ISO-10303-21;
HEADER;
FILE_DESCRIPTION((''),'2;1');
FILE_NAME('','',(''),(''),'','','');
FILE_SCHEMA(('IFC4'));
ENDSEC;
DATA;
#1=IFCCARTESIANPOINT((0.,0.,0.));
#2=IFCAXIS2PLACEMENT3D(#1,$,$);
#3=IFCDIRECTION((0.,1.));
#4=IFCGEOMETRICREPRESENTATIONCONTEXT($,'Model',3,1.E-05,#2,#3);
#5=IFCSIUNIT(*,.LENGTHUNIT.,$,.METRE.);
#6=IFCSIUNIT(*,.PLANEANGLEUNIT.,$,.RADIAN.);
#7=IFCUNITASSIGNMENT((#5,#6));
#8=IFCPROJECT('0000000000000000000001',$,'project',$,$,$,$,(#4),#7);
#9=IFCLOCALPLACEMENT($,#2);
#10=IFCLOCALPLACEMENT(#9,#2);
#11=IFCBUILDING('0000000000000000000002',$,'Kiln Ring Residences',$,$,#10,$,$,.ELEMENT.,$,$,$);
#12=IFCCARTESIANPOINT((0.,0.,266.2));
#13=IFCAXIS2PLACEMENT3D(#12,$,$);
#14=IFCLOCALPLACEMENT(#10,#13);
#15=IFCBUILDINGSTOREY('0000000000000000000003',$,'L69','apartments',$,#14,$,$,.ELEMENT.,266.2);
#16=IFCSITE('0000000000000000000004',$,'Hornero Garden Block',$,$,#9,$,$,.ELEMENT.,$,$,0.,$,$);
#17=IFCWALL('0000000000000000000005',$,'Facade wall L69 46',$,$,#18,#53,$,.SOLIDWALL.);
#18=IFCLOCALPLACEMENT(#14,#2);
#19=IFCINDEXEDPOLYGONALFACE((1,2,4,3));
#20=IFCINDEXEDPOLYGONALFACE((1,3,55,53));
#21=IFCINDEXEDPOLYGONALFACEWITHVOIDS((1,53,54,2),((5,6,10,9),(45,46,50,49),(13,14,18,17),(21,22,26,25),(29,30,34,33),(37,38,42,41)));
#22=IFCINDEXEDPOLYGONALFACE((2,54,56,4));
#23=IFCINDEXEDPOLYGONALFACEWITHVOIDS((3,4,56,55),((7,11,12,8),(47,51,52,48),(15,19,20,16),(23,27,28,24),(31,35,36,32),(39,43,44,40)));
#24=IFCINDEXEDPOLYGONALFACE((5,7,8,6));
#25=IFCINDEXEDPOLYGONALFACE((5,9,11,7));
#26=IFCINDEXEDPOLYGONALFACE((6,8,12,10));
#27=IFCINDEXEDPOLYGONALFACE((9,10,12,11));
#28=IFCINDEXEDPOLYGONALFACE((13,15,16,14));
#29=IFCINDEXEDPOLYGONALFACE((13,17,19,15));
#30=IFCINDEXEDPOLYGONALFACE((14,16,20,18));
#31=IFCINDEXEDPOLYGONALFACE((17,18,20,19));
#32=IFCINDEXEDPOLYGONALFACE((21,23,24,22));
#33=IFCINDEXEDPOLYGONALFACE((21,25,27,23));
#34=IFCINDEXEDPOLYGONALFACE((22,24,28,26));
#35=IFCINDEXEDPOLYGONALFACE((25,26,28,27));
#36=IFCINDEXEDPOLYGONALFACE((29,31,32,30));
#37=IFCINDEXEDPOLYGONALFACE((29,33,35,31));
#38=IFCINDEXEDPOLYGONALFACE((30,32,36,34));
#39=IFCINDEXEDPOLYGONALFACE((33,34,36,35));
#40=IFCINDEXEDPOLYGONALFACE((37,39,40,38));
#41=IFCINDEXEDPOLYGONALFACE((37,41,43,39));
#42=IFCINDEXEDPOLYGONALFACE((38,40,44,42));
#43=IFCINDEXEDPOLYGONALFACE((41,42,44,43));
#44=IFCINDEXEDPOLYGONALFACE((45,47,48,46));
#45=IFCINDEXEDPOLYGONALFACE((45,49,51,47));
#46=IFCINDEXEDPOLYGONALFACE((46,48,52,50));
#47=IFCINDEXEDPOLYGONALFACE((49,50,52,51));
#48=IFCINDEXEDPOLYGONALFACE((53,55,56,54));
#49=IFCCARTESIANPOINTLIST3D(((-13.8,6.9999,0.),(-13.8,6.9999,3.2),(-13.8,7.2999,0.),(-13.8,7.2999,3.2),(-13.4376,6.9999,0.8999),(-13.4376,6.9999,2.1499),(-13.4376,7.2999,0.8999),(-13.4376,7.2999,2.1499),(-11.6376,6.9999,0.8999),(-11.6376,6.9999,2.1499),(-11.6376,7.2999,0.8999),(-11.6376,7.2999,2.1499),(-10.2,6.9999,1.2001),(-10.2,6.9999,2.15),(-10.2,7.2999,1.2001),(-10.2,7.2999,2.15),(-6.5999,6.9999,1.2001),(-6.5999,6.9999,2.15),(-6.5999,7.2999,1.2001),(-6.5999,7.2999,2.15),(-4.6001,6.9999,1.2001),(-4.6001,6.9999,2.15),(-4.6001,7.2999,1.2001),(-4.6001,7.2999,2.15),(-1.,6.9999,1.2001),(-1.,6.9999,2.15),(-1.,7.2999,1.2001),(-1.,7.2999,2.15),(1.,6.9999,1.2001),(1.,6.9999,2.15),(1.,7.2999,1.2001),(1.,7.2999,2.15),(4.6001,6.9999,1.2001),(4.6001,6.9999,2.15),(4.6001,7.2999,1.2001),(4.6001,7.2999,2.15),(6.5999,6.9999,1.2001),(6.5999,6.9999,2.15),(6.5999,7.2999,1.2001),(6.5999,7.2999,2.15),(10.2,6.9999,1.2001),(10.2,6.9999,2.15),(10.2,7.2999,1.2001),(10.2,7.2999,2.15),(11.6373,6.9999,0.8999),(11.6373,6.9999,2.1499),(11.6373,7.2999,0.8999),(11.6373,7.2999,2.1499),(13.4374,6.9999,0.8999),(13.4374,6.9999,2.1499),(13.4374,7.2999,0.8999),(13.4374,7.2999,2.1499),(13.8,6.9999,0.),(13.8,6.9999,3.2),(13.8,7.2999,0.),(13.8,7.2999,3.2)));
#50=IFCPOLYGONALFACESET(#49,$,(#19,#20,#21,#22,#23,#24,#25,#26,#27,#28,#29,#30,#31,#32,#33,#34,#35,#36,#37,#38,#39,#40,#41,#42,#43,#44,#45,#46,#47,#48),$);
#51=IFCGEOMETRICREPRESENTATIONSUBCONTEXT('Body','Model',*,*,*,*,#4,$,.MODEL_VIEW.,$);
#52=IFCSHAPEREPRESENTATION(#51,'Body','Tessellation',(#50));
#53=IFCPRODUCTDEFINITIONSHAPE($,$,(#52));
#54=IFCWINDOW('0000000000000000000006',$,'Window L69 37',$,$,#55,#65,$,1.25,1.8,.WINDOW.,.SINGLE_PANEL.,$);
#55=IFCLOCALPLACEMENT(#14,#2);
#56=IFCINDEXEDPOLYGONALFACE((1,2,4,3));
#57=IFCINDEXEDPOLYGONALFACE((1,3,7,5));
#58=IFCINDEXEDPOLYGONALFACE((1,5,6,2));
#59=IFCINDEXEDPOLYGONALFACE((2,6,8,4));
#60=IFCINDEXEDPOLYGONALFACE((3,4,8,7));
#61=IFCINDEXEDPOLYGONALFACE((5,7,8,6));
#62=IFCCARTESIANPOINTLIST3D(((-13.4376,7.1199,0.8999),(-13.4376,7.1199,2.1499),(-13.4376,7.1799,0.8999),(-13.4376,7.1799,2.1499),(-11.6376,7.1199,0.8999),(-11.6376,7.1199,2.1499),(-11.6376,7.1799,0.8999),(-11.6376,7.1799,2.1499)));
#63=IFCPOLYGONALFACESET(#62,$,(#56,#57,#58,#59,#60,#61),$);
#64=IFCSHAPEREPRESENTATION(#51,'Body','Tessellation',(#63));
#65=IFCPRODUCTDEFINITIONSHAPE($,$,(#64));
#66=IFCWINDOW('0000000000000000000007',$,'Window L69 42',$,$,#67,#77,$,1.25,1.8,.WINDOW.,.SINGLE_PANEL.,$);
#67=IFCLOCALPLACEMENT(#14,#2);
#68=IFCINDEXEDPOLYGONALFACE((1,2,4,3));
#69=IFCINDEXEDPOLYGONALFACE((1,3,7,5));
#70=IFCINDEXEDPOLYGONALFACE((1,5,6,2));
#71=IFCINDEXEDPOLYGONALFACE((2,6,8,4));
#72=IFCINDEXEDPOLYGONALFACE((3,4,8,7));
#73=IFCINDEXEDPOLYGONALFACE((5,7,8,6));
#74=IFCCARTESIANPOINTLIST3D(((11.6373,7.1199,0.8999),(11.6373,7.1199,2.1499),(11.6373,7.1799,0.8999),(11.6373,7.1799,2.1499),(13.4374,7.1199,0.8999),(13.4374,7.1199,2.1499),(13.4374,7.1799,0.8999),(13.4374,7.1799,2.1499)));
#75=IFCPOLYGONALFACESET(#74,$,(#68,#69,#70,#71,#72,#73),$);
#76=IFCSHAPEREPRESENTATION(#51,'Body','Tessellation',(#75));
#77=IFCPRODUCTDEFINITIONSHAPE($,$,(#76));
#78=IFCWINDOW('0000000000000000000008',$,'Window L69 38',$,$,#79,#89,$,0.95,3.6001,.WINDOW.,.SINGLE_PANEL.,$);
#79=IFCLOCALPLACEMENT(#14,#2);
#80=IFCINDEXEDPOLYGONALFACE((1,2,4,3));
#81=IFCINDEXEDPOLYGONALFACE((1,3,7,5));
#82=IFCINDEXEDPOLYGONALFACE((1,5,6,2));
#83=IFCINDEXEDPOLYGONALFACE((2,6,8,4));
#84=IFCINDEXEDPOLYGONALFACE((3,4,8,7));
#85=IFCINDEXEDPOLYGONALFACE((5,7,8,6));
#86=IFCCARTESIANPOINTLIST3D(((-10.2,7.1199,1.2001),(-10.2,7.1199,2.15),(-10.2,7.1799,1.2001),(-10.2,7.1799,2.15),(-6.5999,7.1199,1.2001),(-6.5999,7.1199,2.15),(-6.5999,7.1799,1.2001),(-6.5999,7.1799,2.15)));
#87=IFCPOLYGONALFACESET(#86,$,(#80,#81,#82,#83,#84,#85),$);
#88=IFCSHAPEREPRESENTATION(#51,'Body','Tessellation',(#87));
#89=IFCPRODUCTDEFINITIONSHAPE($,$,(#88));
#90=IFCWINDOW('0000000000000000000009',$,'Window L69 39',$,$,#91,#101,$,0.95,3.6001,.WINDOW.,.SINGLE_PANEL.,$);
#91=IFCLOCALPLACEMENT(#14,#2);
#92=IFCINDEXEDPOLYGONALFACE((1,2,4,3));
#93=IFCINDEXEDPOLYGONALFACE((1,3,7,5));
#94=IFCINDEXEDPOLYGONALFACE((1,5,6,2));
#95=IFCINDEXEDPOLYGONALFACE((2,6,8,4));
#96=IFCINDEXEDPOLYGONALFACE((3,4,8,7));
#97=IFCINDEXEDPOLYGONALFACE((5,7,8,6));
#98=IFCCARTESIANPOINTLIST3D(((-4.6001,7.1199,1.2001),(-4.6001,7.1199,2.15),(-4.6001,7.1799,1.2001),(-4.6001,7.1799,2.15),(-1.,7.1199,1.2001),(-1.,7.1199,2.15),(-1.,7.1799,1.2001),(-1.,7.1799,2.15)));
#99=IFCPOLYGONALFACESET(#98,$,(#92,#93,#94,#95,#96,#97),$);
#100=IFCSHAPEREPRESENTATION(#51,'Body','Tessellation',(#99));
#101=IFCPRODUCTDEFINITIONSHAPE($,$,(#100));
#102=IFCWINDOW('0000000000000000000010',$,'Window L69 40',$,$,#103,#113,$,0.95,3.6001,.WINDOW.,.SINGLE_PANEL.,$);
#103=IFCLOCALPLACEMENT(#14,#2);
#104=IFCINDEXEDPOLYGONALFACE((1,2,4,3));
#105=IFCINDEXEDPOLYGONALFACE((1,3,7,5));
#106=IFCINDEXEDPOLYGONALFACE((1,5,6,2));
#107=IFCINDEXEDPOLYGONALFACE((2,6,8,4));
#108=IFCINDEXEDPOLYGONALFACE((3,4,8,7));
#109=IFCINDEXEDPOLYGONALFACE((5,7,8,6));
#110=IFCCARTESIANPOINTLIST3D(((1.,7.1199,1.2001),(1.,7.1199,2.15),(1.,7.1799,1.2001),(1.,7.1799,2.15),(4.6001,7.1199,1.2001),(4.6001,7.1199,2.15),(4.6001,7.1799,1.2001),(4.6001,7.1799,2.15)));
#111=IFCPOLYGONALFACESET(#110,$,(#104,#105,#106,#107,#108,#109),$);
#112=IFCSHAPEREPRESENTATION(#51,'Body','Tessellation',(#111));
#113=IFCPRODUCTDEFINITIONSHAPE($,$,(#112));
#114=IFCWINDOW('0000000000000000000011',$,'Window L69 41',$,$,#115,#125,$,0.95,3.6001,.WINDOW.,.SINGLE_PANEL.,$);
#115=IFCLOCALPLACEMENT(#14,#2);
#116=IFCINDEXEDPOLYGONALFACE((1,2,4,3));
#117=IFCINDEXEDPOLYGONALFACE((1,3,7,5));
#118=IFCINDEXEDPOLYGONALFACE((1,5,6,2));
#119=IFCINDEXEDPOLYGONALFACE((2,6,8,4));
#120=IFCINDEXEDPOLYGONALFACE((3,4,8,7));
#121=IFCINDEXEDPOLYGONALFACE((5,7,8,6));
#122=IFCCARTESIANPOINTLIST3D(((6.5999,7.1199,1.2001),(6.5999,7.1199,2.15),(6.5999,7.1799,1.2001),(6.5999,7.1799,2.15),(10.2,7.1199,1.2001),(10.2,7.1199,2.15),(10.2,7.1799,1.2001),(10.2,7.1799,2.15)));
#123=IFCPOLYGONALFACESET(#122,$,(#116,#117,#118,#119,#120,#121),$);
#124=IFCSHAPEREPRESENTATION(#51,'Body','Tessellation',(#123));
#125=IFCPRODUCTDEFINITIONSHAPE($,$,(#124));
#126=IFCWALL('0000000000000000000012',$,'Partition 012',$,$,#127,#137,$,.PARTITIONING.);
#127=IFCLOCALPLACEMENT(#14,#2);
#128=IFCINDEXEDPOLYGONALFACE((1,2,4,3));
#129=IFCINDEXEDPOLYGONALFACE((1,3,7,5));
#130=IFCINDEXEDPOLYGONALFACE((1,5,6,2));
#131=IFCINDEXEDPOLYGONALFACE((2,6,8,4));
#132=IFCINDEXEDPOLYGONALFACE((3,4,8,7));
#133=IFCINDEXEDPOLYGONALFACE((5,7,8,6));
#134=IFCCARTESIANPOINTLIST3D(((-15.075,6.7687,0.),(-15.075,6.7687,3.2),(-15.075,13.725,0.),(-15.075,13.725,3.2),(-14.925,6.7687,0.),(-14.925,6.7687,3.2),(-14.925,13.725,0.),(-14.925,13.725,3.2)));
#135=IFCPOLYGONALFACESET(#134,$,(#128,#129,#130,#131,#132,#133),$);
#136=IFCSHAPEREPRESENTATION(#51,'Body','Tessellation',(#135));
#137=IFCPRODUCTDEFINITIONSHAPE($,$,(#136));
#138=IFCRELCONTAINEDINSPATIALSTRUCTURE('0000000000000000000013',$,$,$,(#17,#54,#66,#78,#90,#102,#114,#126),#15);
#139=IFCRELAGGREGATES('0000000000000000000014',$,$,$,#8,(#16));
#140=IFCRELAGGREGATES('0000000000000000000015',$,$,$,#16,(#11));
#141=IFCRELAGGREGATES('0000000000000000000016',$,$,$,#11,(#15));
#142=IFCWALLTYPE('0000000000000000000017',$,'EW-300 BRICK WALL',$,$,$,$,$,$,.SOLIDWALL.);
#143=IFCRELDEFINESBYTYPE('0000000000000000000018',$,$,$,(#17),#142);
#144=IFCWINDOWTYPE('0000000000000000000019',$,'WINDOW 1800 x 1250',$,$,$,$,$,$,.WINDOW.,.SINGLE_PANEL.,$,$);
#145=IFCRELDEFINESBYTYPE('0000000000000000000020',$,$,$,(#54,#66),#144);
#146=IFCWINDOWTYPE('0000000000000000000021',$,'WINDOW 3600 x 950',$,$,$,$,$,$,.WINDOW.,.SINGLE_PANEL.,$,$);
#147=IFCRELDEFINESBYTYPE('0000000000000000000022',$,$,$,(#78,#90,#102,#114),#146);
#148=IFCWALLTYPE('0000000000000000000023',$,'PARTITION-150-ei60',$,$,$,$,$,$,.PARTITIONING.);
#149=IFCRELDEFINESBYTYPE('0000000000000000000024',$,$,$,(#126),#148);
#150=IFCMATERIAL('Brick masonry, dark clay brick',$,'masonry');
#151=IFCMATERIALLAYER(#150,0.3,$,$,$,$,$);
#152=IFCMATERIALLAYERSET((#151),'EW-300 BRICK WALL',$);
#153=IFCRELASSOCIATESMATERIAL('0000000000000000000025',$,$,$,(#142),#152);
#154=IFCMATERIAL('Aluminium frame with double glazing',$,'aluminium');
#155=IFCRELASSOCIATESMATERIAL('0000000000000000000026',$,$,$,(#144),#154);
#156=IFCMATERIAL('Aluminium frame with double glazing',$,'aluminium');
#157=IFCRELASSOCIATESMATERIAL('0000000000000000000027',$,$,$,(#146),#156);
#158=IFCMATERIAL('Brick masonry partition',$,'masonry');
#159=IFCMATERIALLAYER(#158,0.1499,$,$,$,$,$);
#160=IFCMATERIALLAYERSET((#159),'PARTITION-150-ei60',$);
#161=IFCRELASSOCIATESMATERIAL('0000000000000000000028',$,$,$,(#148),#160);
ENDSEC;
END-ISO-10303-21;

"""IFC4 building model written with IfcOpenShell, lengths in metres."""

from ifc_helpers import new_model, si_unit, direction, frame, frame_2d, origin, place, context, subcontext, project, spatial, rectangle, extrude, material, layer, layer_set, type_object, element, fill, save


model = new_model("IFC4")

# Units and contexts
model_context = context("Model", 3, precision=1e-05, world=origin(), true_north=direction((0.0, 1.0)))
body_context = subcontext(model_context, "Body", "Model", "MODEL_VIEW")
ifc_project = project(units=[si_unit("LENGTHUNIT", "METRE"), si_unit("PLANEANGLEUNIT", "RADIAN")], contexts=[model_context])

# Site, building, storey
site_placement = place(None, origin())
site = spatial("IfcSite", under=ifc_project, at=site_placement, Name="Hornero Garden Block", CompositionType="ELEMENT", RefElevation=0.0)
building_placement = place(site_placement, origin())
building = spatial("IfcBuilding", under=site, at=building_placement, Name="Kiln Ring Residences", CompositionType="ELEMENT")
storey_placement = place(building_placement, frame((0.0, 0.0, 266.2)))
storey = spatial("IfcBuildingStorey", under=building, at=storey_placement, Name="L69", Description="apartments", CompositionType="ELEMENT", Elevation=266.2)

# Wall, openings, windows
ifc_material_1 = material(Name="Brick masonry, dark clay brick", Category="masonry")
ifc_layer_1 = layer(ifc_material_1, 0.3)
ifc_layer_set_1 = layer_set([ifc_layer_1], Name="EW-300 BRICK WALL")
wall_type_1 = type_object("IfcWallType", Name="EW-300 BRICK WALL", PredefinedType="SOLIDWALL", material=ifc_layer_set_1)
wall_1_placement = place(storey_placement, frame((-13.8, 7.1499, 0.0), z_axis=(0.0, 0.0, 1.0), x_axis=(1.0, 0.0, 0.0)))
wall_1 = element("IfcWall", 1, at=wall_1_placement, inside=storey, type_object=wall_type_1, Name="Facade wall L69 46", PredefinedType="SOLIDWALL", context=body_context, shape_type="SweptSolid", body=[
    extrude(rectangle(XDim=27.6001, YDim=0.3, at=frame_2d((13.8, 0.0))), origin(), (0.0, 0.0, 1.0), 3.2),
])
opening_1_placement = place(wall_1_placement, frame((0.3625, 0.0, 0.8999)))
opening_1 = element("IfcOpeningElement", 2, at=opening_1_placement, cuts=wall_1, PredefinedType="OPENING", context=body_context, shape_type="SweptSolid", body=[
    extrude(rectangle(XDim=1.8, YDim=1.25, at=frame_2d((0.8999, 0.625))), frame((0.0, 0.1599, 0.0), z_axis=(0.0, -1.0, 0.0), x_axis=(1.0, 0.0, 0.0)), (0.0, 0.0, 1.0), 0.3201),
])
opening_2_placement = place(wall_1_placement, frame((3.6001, 0.0, 1.2)))
opening_2 = element("IfcOpeningElement", 3, at=opening_2_placement, cuts=wall_1, PredefinedType="OPENING", context=body_context, shape_type="SweptSolid", body=[
    extrude(rectangle(XDim=3.6001, YDim=0.95, at=frame_2d((1.8, 0.4751))), frame((0.0, 0.1599, 0.0), z_axis=(0.0, -1.0, 0.0), x_axis=(1.0, 0.0, 0.0)), (0.0, 0.0, 1.0), 0.3201),
])
opening_3_placement = place(wall_1_placement, frame((9.2, 0.0, 1.2)))
opening_3 = element("IfcOpeningElement", 4, at=opening_3_placement, cuts=wall_1, PredefinedType="OPENING", context=body_context, shape_type="SweptSolid", body=[
    extrude(rectangle(XDim=3.6001, YDim=0.95, at=frame_2d((1.8, 0.4751))), frame((0.0, 0.1599, 0.0), z_axis=(0.0, -1.0, 0.0), x_axis=(1.0, 0.0, 0.0)), (0.0, 0.0, 1.0), 0.3201),
])
opening_4_placement = place(wall_1_placement, frame((14.8, 0.0, 1.2)))
opening_4 = element("IfcOpeningElement", 5, at=opening_4_placement, cuts=wall_1, PredefinedType="OPENING", context=body_context, shape_type="SweptSolid", body=[
    extrude(rectangle(XDim=3.6001, YDim=0.95, at=frame_2d((1.8, 0.4751))), frame((0.0, 0.1599, 0.0), z_axis=(0.0, -1.0, 0.0), x_axis=(1.0, 0.0, 0.0)), (0.0, 0.0, 1.0), 0.3201),
])
opening_5_placement = place(wall_1_placement, frame((20.3999, 0.0, 1.2)))
opening_5 = element("IfcOpeningElement", 6, at=opening_5_placement, cuts=wall_1, PredefinedType="OPENING", context=body_context, shape_type="SweptSolid", body=[
    extrude(rectangle(XDim=3.6001, YDim=0.95, at=frame_2d((1.8, 0.4751))), frame((0.0, 0.1599, 0.0), z_axis=(0.0, -1.0, 0.0), x_axis=(1.0, 0.0, 0.0)), (0.0, 0.0, 1.0), 0.3201),
])
opening_6_placement = place(wall_1_placement, frame((25.4375, 0.0, 0.8999)))
opening_6 = element("IfcOpeningElement", 7, at=opening_6_placement, cuts=wall_1, PredefinedType="OPENING", context=body_context, shape_type="SweptSolid", body=[
    extrude(rectangle(XDim=1.8, YDim=1.25, at=frame_2d((0.8999, 0.625))), frame((0.0, 0.1599, 0.0), z_axis=(0.0, -1.0, 0.0), x_axis=(1.0, 0.0, 0.0)), (0.0, 0.0, 1.0), 0.3201),
])
ifc_material_2 = material(Name="Aluminium frame with double glazing", Category="aluminium")
window_type_1 = type_object("IfcWindowType", Name="WINDOW 1800 x 1250", PartitioningType="SINGLE_PANEL", PredefinedType="WINDOW", material=ifc_material_2)
window_1_placement = place(opening_1_placement, origin())
window_1 = element("IfcWindow", 8, at=window_1_placement, inside=storey, type_object=window_type_1, Name="Window L69 37", OverallHeight=1.25, OverallWidth=1.8, PartitioningType="SINGLE_PANEL", PredefinedType="WINDOW", context=body_context, shape_type="SweptSolid", body=[
    extrude(rectangle(XDim=1.8, YDim=1.25, at=frame_2d((0.8999, 0.625))), frame((0.0, 0.03, 0.0), z_axis=(0.0, -1.0, 0.0), x_axis=(1.0, 0.0, 0.0)), (0.0, 0.0, 1.0), 0.0601),
])
fill(opening_1, window_1)
window_2_placement = place(opening_6_placement, origin())
window_2 = element("IfcWindow", 9, at=window_2_placement, inside=storey, type_object=window_type_1, Name="Window L69 42", OverallHeight=1.25, OverallWidth=1.8, PartitioningType="SINGLE_PANEL", PredefinedType="WINDOW", context=body_context, shape_type="SweptSolid", body=[
    extrude(rectangle(XDim=1.8, YDim=1.25, at=frame_2d((0.8999, 0.625))), frame((0.0, 0.03, 0.0), z_axis=(0.0, -1.0, 0.0), x_axis=(1.0, 0.0, 0.0)), (0.0, 0.0, 1.0), 0.0601),
])
fill(opening_6, window_2)
ifc_material_3 = material(Name="Aluminium frame with double glazing", Category="aluminium")
window_type_2 = type_object("IfcWindowType", Name="WINDOW 3600 x 950", PartitioningType="SINGLE_PANEL", PredefinedType="WINDOW", material=ifc_material_3)
window_3_placement = place(opening_2_placement, origin())
window_3 = element("IfcWindow", 10, at=window_3_placement, inside=storey, type_object=window_type_2, Name="Window L69 38", OverallHeight=0.95, OverallWidth=3.6001, PartitioningType="SINGLE_PANEL", PredefinedType="WINDOW", context=body_context, shape_type="SweptSolid", body=[
    extrude(rectangle(XDim=3.6001, YDim=0.95, at=frame_2d((1.8, 0.4751))), frame((0.0, 0.03, 0.0), z_axis=(0.0, -1.0, 0.0), x_axis=(1.0, 0.0, 0.0)), (0.0, 0.0, 1.0), 0.0601),
])
fill(opening_2, window_3)
window_4_placement = place(opening_3_placement, origin())
window_4 = element("IfcWindow", 11, at=window_4_placement, inside=storey, type_object=window_type_2, Name="Window L69 39", OverallHeight=0.95, OverallWidth=3.6001, PartitioningType="SINGLE_PANEL", PredefinedType="WINDOW", context=body_context, shape_type="SweptSolid", body=[
    extrude(rectangle(XDim=3.6001, YDim=0.95, at=frame_2d((1.8, 0.4751))), frame((0.0, 0.03, 0.0), z_axis=(0.0, -1.0, 0.0), x_axis=(1.0, 0.0, 0.0)), (0.0, 0.0, 1.0), 0.0601),
])
fill(opening_3, window_4)
window_5_placement = place(opening_4_placement, origin())
window_5 = element("IfcWindow", 12, at=window_5_placement, inside=storey, type_object=window_type_2, Name="Window L69 40", OverallHeight=0.95, OverallWidth=3.6001, PartitioningType="SINGLE_PANEL", PredefinedType="WINDOW", context=body_context, shape_type="SweptSolid", body=[
    extrude(rectangle(XDim=3.6001, YDim=0.95, at=frame_2d((1.8, 0.4751))), frame((0.0, 0.03, 0.0), z_axis=(0.0, -1.0, 0.0), x_axis=(1.0, 0.0, 0.0)), (0.0, 0.0, 1.0), 0.0601),
])
fill(opening_4, window_5)
window_6_placement = place(opening_5_placement, origin())
window_6 = element("IfcWindow", 13, at=window_6_placement, inside=storey, type_object=window_type_2, Name="Window L69 41", OverallHeight=0.95, OverallWidth=3.6001, PartitioningType="SINGLE_PANEL", PredefinedType="WINDOW", context=body_context, shape_type="SweptSolid", body=[
    extrude(rectangle(XDim=3.6001, YDim=0.95, at=frame_2d((1.8, 0.4751))), frame((0.0, 0.03, 0.0), z_axis=(0.0, -1.0, 0.0), x_axis=(1.0, 0.0, 0.0)), (0.0, 0.0, 1.0), 0.0601),
])
fill(opening_5, window_6)

# Wall
ifc_material_4 = material(Name="Brick masonry partition", Category="masonry")
ifc_layer_2 = layer(ifc_material_4, 0.1499)
ifc_layer_set_2 = layer_set([ifc_layer_2], Name="PARTITION-150-ei60")
wall_type_2 = type_object("IfcWallType", Name="PARTITION-150-ei60", PredefinedType="PARTITIONING", material=ifc_layer_set_2)
wall_2_placement = place(storey_placement, frame((-15.0, 6.7688, 0.0), z_axis=(0.0, 0.0, 1.0), x_axis=(0.0, 1.0, 0.0)))
element("IfcWall", 14, at=wall_2_placement, inside=storey, type_object=wall_type_2, Name="Partition 012", PredefinedType="PARTITIONING", context=body_context, shape_type="SweptSolid", body=[
    extrude(rectangle(XDim=6.9563, YDim=0.1499, at=frame_2d((3.478, 0.0))), origin(), (0.0, 0.0, 1.0), 3.2),
])

save(model, "model.ifc")
